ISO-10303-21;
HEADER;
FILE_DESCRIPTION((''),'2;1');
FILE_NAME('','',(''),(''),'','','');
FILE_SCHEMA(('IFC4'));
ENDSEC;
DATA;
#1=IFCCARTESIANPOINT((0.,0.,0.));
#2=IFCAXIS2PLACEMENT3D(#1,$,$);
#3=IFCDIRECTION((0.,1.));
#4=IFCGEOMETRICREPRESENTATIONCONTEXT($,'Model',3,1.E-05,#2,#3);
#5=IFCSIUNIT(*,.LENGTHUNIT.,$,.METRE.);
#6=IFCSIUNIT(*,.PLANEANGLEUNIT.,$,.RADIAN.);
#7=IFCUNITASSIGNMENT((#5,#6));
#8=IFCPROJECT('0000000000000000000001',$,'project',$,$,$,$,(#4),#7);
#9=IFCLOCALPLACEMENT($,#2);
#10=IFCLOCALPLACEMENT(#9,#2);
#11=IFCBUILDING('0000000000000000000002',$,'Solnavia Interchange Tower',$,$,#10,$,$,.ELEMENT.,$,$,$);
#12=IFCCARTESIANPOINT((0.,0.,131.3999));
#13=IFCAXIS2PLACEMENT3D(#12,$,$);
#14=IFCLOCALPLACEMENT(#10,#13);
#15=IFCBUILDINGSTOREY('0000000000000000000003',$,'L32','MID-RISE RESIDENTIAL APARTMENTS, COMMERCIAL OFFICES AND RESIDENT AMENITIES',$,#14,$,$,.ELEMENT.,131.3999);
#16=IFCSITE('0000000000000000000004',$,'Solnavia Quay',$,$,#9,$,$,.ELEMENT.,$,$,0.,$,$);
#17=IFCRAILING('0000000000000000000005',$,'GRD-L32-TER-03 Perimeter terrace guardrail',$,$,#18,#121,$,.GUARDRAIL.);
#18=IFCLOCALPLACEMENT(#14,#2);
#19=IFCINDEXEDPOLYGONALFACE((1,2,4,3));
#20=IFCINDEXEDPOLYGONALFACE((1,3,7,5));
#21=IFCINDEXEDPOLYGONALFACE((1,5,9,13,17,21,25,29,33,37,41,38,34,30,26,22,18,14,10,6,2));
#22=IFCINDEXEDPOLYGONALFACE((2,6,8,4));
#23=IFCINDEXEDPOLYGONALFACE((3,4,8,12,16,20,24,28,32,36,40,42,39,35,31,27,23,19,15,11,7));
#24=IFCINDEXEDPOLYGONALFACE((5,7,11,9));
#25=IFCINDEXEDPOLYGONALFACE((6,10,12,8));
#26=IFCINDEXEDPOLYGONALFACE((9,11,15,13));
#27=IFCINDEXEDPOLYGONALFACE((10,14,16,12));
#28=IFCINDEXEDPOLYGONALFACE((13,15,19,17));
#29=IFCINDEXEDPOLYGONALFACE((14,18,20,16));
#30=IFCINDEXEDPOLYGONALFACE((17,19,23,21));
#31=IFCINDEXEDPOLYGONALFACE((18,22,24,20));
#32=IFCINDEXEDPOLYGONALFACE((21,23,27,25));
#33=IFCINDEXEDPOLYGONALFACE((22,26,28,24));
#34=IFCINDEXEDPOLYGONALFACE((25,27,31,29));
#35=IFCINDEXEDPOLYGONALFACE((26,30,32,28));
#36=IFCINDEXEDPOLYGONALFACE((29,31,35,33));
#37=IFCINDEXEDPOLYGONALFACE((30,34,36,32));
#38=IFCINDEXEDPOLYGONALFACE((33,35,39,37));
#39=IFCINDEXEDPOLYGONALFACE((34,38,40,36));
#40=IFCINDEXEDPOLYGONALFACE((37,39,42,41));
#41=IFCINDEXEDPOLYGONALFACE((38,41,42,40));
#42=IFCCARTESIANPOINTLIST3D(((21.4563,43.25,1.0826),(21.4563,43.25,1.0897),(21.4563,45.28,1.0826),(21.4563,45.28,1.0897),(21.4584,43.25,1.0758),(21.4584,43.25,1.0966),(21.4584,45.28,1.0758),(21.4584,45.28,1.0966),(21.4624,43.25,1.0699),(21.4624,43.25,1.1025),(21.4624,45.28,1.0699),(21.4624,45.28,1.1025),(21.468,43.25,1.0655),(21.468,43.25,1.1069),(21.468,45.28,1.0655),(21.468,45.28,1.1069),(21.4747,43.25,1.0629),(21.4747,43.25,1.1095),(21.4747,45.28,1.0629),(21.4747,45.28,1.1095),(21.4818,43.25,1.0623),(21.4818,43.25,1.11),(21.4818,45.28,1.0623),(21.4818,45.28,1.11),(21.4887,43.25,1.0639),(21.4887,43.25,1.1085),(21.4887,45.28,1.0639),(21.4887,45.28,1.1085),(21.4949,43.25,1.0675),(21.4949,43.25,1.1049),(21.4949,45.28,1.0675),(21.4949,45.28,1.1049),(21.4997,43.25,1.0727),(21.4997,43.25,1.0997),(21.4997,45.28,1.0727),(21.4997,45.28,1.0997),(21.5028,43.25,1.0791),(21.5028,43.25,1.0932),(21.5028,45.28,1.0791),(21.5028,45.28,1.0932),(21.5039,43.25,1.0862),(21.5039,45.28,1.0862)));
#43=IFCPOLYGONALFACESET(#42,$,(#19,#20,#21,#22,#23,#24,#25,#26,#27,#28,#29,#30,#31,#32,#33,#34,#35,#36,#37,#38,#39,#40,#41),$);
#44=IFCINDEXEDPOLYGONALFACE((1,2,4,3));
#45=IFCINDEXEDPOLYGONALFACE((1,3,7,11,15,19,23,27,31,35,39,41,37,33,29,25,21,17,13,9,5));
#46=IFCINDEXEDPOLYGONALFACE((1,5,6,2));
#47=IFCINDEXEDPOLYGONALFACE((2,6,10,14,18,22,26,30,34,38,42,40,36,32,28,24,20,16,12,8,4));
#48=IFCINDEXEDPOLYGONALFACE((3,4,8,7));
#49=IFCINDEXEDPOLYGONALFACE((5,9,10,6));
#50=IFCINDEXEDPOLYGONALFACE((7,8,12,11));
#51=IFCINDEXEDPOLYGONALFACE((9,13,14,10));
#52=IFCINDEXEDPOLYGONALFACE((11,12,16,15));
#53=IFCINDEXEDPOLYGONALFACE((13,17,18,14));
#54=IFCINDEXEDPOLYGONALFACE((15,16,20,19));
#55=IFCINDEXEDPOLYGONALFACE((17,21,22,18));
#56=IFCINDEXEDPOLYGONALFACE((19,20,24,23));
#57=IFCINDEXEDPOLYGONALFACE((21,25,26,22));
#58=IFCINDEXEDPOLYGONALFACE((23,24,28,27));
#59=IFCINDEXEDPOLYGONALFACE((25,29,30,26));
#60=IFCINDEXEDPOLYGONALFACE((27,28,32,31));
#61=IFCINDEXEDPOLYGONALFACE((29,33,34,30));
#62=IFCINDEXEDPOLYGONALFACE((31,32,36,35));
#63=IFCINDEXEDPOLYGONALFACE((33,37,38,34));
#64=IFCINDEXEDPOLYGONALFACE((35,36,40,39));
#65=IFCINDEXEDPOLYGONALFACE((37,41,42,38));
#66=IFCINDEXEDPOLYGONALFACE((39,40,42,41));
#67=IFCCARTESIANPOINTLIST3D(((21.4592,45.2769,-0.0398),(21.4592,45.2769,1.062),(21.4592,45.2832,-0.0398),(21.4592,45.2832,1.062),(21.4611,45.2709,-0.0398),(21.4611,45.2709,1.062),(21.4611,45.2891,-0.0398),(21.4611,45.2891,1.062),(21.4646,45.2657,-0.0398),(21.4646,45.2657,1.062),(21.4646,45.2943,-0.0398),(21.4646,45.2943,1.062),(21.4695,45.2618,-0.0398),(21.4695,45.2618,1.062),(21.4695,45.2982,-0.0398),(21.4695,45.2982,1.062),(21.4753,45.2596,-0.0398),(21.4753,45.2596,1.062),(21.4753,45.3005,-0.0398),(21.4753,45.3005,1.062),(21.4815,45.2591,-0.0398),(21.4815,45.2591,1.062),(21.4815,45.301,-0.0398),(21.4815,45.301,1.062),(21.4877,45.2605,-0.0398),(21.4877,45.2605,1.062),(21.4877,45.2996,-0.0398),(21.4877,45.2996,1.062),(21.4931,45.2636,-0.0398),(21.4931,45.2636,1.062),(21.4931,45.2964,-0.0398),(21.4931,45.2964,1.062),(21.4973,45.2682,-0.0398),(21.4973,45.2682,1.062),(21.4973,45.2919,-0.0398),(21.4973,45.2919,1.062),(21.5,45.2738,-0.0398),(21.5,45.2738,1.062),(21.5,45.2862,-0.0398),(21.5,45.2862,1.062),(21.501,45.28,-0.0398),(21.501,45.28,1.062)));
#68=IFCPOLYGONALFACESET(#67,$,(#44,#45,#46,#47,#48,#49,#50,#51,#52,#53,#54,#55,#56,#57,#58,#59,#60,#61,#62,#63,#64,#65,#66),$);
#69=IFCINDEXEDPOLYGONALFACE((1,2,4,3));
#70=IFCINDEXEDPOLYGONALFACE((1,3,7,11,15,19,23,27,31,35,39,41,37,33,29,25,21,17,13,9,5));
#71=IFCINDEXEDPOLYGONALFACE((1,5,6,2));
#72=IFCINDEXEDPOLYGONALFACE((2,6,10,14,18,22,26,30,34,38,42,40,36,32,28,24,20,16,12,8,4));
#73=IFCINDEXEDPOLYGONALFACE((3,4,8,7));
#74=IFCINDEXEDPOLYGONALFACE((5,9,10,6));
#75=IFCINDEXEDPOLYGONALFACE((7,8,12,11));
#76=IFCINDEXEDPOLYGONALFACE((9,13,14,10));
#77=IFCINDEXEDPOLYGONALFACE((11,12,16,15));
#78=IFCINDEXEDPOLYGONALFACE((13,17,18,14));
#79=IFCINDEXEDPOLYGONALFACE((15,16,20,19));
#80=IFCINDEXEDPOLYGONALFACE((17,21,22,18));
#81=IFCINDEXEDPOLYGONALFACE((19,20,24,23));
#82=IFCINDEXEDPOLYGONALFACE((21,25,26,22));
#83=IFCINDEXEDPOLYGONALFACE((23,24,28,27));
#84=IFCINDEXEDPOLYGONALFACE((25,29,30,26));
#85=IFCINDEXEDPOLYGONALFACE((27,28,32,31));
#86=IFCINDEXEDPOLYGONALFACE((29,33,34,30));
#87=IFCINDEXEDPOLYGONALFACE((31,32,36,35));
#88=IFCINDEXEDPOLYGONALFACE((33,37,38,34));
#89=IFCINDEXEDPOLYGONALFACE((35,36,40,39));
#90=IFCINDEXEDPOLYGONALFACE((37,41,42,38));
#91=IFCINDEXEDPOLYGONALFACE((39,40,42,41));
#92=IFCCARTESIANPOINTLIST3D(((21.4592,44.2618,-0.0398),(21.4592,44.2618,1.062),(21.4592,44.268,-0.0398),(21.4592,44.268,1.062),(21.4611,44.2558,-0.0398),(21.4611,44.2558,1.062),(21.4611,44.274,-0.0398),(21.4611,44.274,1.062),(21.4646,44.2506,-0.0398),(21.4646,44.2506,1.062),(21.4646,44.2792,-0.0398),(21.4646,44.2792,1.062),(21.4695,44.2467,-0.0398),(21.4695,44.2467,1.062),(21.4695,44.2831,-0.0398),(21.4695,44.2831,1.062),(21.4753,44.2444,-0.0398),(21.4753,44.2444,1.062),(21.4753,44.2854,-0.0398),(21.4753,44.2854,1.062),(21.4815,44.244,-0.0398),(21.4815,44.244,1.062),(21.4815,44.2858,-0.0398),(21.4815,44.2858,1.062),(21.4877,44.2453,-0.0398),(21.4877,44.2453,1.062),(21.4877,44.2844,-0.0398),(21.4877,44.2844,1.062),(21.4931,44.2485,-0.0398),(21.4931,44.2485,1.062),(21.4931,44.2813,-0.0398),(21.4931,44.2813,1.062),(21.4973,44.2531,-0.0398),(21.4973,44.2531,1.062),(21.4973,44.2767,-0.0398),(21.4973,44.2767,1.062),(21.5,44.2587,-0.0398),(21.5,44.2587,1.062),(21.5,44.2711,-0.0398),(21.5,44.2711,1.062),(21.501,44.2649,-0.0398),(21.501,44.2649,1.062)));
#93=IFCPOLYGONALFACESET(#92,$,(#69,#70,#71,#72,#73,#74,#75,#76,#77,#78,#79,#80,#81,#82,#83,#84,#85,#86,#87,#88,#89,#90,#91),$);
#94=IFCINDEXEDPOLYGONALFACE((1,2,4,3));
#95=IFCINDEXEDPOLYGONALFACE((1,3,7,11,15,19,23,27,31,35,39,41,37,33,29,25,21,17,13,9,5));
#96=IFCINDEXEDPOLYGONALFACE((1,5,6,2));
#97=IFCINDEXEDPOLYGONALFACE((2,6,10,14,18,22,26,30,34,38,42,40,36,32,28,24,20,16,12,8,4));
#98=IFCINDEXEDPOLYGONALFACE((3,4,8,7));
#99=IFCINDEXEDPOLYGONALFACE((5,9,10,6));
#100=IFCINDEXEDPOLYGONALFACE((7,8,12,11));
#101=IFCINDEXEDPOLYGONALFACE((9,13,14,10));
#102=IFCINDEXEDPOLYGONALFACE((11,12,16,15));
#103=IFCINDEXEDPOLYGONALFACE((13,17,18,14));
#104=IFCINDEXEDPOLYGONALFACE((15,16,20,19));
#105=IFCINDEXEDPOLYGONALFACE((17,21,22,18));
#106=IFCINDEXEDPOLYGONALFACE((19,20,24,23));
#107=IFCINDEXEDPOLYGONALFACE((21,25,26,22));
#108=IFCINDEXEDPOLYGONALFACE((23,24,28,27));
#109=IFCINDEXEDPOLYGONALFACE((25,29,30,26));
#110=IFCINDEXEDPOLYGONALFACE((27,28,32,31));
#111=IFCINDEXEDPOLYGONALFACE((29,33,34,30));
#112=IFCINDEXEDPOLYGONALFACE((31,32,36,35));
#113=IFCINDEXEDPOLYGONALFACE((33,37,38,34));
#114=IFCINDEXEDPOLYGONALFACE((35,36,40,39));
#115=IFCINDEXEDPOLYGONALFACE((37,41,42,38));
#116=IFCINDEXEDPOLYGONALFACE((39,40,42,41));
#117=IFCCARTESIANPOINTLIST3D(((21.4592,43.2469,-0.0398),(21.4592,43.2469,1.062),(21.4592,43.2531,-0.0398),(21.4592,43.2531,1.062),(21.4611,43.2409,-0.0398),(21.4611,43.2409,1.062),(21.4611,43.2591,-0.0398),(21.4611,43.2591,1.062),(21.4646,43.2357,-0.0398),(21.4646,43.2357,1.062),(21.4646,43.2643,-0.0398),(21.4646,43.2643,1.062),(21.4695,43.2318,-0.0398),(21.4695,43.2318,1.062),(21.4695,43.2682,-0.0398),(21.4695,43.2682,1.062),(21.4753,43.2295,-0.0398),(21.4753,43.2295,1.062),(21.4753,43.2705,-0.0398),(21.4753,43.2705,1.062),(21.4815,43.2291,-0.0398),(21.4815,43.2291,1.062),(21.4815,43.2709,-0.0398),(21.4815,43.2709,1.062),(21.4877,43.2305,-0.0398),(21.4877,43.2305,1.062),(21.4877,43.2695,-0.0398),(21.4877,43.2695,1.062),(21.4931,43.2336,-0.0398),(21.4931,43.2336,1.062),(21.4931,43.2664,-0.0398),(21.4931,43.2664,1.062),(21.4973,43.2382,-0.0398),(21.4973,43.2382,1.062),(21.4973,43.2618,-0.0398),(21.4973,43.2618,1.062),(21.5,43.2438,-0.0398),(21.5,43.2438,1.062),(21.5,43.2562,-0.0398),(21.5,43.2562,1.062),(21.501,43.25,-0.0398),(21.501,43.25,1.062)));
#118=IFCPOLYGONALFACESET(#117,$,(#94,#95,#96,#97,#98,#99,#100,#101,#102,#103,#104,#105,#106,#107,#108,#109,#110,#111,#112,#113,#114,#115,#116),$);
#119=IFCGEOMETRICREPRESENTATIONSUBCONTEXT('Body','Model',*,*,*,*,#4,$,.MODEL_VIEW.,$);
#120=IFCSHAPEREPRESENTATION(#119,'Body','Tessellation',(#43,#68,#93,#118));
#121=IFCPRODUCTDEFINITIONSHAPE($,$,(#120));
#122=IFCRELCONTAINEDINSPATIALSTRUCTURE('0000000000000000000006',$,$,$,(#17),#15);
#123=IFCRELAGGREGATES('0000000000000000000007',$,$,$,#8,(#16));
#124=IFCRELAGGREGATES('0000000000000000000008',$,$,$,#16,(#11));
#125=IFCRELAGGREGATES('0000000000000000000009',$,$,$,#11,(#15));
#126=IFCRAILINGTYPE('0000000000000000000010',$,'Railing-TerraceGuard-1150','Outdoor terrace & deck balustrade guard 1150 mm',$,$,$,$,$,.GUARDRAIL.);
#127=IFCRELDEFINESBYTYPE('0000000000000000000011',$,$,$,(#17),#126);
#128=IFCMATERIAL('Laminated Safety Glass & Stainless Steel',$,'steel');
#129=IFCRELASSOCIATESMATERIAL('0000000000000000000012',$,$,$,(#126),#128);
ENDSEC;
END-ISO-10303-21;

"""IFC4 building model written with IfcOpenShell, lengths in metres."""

from ifc_helpers import new_model, si_unit, direction, frame, origin, origin_2d, place, context, subcontext, project, spatial, circle, extrude, material, type_object, element, save


model = new_model("IFC4")

# Units and contexts
model_context = context("Model", 3, precision=1e-05, world=origin(), true_north=direction((0.0, 1.0)))
body_context = subcontext(model_context, "Body", "Model", "MODEL_VIEW")
ifc_project = project(units=[si_unit("LENGTHUNIT", "METRE"), si_unit("PLANEANGLEUNIT", "RADIAN")], contexts=[model_context])

# Site, building, storey
site_placement = place(None, origin())
site = spatial("IfcSite", under=ifc_project, at=site_placement, Name="Solnavia Quay", CompositionType="ELEMENT", RefElevation=0.0)
building_placement = place(site_placement, origin())
building = spatial("IfcBuilding", under=site, at=building_placement, Name="Solnavia Interchange Tower", CompositionType="ELEMENT")
storey_placement = place(building_placement, frame((0.0, 0.0, 131.3999)))
storey = spatial("IfcBuildingStorey", under=building, at=storey_placement, Name="L32", Description="MID-RISE RESIDENTIAL APARTMENTS, COMMERCIAL OFFICES AND RESIDENT AMENITIES", CompositionType="ELEMENT", Elevation=131.3999)

# Railing
ifc_material_1 = material(Name="Laminated Safety Glass & Stainless Steel", Category="steel")
railing_type = type_object("IfcRailingType", Name="Railing-TerraceGuard-1150", Description="Outdoor terrace & deck balustrade guard 1150 mm", PredefinedType="GUARDRAIL", material=ifc_material_1)
railing_placement = place(storey_placement, frame((21.48, 45.28, -0.0398)))
element("IfcRailing", 1, at=railing_placement, inside=storey, type_object=railing_type, Name="GRD-L32-TER-03 Perimeter terrace guardrail", PredefinedType="GUARDRAIL", context=body_context, shape_type="SweptSolid", body=[
    extrude(circle(Radius=0.0239, at=origin_2d()), frame((0.0, 0.0, 1.126), z_axis=(0.0, -1.0, 0.0), x_axis=(1.0, 0.0, 0.0)), (0.0, 0.0, 1.0), 2.03),
    extrude(circle(Radius=0.021, at=origin_2d()), origin(), (0.0, 0.0, 1.0), 1.1018),
    extrude(circle(Radius=0.021, at=origin_2d()), frame((0.0, -1.0151, 0.0)), (0.0, 0.0, 1.0), 1.1018),
    extrude(circle(Radius=0.021, at=origin_2d()), frame((0.0, -2.03, 0.0)), (0.0, 0.0, 1.0), 1.1018),
])

save(model, "model.ifc")
